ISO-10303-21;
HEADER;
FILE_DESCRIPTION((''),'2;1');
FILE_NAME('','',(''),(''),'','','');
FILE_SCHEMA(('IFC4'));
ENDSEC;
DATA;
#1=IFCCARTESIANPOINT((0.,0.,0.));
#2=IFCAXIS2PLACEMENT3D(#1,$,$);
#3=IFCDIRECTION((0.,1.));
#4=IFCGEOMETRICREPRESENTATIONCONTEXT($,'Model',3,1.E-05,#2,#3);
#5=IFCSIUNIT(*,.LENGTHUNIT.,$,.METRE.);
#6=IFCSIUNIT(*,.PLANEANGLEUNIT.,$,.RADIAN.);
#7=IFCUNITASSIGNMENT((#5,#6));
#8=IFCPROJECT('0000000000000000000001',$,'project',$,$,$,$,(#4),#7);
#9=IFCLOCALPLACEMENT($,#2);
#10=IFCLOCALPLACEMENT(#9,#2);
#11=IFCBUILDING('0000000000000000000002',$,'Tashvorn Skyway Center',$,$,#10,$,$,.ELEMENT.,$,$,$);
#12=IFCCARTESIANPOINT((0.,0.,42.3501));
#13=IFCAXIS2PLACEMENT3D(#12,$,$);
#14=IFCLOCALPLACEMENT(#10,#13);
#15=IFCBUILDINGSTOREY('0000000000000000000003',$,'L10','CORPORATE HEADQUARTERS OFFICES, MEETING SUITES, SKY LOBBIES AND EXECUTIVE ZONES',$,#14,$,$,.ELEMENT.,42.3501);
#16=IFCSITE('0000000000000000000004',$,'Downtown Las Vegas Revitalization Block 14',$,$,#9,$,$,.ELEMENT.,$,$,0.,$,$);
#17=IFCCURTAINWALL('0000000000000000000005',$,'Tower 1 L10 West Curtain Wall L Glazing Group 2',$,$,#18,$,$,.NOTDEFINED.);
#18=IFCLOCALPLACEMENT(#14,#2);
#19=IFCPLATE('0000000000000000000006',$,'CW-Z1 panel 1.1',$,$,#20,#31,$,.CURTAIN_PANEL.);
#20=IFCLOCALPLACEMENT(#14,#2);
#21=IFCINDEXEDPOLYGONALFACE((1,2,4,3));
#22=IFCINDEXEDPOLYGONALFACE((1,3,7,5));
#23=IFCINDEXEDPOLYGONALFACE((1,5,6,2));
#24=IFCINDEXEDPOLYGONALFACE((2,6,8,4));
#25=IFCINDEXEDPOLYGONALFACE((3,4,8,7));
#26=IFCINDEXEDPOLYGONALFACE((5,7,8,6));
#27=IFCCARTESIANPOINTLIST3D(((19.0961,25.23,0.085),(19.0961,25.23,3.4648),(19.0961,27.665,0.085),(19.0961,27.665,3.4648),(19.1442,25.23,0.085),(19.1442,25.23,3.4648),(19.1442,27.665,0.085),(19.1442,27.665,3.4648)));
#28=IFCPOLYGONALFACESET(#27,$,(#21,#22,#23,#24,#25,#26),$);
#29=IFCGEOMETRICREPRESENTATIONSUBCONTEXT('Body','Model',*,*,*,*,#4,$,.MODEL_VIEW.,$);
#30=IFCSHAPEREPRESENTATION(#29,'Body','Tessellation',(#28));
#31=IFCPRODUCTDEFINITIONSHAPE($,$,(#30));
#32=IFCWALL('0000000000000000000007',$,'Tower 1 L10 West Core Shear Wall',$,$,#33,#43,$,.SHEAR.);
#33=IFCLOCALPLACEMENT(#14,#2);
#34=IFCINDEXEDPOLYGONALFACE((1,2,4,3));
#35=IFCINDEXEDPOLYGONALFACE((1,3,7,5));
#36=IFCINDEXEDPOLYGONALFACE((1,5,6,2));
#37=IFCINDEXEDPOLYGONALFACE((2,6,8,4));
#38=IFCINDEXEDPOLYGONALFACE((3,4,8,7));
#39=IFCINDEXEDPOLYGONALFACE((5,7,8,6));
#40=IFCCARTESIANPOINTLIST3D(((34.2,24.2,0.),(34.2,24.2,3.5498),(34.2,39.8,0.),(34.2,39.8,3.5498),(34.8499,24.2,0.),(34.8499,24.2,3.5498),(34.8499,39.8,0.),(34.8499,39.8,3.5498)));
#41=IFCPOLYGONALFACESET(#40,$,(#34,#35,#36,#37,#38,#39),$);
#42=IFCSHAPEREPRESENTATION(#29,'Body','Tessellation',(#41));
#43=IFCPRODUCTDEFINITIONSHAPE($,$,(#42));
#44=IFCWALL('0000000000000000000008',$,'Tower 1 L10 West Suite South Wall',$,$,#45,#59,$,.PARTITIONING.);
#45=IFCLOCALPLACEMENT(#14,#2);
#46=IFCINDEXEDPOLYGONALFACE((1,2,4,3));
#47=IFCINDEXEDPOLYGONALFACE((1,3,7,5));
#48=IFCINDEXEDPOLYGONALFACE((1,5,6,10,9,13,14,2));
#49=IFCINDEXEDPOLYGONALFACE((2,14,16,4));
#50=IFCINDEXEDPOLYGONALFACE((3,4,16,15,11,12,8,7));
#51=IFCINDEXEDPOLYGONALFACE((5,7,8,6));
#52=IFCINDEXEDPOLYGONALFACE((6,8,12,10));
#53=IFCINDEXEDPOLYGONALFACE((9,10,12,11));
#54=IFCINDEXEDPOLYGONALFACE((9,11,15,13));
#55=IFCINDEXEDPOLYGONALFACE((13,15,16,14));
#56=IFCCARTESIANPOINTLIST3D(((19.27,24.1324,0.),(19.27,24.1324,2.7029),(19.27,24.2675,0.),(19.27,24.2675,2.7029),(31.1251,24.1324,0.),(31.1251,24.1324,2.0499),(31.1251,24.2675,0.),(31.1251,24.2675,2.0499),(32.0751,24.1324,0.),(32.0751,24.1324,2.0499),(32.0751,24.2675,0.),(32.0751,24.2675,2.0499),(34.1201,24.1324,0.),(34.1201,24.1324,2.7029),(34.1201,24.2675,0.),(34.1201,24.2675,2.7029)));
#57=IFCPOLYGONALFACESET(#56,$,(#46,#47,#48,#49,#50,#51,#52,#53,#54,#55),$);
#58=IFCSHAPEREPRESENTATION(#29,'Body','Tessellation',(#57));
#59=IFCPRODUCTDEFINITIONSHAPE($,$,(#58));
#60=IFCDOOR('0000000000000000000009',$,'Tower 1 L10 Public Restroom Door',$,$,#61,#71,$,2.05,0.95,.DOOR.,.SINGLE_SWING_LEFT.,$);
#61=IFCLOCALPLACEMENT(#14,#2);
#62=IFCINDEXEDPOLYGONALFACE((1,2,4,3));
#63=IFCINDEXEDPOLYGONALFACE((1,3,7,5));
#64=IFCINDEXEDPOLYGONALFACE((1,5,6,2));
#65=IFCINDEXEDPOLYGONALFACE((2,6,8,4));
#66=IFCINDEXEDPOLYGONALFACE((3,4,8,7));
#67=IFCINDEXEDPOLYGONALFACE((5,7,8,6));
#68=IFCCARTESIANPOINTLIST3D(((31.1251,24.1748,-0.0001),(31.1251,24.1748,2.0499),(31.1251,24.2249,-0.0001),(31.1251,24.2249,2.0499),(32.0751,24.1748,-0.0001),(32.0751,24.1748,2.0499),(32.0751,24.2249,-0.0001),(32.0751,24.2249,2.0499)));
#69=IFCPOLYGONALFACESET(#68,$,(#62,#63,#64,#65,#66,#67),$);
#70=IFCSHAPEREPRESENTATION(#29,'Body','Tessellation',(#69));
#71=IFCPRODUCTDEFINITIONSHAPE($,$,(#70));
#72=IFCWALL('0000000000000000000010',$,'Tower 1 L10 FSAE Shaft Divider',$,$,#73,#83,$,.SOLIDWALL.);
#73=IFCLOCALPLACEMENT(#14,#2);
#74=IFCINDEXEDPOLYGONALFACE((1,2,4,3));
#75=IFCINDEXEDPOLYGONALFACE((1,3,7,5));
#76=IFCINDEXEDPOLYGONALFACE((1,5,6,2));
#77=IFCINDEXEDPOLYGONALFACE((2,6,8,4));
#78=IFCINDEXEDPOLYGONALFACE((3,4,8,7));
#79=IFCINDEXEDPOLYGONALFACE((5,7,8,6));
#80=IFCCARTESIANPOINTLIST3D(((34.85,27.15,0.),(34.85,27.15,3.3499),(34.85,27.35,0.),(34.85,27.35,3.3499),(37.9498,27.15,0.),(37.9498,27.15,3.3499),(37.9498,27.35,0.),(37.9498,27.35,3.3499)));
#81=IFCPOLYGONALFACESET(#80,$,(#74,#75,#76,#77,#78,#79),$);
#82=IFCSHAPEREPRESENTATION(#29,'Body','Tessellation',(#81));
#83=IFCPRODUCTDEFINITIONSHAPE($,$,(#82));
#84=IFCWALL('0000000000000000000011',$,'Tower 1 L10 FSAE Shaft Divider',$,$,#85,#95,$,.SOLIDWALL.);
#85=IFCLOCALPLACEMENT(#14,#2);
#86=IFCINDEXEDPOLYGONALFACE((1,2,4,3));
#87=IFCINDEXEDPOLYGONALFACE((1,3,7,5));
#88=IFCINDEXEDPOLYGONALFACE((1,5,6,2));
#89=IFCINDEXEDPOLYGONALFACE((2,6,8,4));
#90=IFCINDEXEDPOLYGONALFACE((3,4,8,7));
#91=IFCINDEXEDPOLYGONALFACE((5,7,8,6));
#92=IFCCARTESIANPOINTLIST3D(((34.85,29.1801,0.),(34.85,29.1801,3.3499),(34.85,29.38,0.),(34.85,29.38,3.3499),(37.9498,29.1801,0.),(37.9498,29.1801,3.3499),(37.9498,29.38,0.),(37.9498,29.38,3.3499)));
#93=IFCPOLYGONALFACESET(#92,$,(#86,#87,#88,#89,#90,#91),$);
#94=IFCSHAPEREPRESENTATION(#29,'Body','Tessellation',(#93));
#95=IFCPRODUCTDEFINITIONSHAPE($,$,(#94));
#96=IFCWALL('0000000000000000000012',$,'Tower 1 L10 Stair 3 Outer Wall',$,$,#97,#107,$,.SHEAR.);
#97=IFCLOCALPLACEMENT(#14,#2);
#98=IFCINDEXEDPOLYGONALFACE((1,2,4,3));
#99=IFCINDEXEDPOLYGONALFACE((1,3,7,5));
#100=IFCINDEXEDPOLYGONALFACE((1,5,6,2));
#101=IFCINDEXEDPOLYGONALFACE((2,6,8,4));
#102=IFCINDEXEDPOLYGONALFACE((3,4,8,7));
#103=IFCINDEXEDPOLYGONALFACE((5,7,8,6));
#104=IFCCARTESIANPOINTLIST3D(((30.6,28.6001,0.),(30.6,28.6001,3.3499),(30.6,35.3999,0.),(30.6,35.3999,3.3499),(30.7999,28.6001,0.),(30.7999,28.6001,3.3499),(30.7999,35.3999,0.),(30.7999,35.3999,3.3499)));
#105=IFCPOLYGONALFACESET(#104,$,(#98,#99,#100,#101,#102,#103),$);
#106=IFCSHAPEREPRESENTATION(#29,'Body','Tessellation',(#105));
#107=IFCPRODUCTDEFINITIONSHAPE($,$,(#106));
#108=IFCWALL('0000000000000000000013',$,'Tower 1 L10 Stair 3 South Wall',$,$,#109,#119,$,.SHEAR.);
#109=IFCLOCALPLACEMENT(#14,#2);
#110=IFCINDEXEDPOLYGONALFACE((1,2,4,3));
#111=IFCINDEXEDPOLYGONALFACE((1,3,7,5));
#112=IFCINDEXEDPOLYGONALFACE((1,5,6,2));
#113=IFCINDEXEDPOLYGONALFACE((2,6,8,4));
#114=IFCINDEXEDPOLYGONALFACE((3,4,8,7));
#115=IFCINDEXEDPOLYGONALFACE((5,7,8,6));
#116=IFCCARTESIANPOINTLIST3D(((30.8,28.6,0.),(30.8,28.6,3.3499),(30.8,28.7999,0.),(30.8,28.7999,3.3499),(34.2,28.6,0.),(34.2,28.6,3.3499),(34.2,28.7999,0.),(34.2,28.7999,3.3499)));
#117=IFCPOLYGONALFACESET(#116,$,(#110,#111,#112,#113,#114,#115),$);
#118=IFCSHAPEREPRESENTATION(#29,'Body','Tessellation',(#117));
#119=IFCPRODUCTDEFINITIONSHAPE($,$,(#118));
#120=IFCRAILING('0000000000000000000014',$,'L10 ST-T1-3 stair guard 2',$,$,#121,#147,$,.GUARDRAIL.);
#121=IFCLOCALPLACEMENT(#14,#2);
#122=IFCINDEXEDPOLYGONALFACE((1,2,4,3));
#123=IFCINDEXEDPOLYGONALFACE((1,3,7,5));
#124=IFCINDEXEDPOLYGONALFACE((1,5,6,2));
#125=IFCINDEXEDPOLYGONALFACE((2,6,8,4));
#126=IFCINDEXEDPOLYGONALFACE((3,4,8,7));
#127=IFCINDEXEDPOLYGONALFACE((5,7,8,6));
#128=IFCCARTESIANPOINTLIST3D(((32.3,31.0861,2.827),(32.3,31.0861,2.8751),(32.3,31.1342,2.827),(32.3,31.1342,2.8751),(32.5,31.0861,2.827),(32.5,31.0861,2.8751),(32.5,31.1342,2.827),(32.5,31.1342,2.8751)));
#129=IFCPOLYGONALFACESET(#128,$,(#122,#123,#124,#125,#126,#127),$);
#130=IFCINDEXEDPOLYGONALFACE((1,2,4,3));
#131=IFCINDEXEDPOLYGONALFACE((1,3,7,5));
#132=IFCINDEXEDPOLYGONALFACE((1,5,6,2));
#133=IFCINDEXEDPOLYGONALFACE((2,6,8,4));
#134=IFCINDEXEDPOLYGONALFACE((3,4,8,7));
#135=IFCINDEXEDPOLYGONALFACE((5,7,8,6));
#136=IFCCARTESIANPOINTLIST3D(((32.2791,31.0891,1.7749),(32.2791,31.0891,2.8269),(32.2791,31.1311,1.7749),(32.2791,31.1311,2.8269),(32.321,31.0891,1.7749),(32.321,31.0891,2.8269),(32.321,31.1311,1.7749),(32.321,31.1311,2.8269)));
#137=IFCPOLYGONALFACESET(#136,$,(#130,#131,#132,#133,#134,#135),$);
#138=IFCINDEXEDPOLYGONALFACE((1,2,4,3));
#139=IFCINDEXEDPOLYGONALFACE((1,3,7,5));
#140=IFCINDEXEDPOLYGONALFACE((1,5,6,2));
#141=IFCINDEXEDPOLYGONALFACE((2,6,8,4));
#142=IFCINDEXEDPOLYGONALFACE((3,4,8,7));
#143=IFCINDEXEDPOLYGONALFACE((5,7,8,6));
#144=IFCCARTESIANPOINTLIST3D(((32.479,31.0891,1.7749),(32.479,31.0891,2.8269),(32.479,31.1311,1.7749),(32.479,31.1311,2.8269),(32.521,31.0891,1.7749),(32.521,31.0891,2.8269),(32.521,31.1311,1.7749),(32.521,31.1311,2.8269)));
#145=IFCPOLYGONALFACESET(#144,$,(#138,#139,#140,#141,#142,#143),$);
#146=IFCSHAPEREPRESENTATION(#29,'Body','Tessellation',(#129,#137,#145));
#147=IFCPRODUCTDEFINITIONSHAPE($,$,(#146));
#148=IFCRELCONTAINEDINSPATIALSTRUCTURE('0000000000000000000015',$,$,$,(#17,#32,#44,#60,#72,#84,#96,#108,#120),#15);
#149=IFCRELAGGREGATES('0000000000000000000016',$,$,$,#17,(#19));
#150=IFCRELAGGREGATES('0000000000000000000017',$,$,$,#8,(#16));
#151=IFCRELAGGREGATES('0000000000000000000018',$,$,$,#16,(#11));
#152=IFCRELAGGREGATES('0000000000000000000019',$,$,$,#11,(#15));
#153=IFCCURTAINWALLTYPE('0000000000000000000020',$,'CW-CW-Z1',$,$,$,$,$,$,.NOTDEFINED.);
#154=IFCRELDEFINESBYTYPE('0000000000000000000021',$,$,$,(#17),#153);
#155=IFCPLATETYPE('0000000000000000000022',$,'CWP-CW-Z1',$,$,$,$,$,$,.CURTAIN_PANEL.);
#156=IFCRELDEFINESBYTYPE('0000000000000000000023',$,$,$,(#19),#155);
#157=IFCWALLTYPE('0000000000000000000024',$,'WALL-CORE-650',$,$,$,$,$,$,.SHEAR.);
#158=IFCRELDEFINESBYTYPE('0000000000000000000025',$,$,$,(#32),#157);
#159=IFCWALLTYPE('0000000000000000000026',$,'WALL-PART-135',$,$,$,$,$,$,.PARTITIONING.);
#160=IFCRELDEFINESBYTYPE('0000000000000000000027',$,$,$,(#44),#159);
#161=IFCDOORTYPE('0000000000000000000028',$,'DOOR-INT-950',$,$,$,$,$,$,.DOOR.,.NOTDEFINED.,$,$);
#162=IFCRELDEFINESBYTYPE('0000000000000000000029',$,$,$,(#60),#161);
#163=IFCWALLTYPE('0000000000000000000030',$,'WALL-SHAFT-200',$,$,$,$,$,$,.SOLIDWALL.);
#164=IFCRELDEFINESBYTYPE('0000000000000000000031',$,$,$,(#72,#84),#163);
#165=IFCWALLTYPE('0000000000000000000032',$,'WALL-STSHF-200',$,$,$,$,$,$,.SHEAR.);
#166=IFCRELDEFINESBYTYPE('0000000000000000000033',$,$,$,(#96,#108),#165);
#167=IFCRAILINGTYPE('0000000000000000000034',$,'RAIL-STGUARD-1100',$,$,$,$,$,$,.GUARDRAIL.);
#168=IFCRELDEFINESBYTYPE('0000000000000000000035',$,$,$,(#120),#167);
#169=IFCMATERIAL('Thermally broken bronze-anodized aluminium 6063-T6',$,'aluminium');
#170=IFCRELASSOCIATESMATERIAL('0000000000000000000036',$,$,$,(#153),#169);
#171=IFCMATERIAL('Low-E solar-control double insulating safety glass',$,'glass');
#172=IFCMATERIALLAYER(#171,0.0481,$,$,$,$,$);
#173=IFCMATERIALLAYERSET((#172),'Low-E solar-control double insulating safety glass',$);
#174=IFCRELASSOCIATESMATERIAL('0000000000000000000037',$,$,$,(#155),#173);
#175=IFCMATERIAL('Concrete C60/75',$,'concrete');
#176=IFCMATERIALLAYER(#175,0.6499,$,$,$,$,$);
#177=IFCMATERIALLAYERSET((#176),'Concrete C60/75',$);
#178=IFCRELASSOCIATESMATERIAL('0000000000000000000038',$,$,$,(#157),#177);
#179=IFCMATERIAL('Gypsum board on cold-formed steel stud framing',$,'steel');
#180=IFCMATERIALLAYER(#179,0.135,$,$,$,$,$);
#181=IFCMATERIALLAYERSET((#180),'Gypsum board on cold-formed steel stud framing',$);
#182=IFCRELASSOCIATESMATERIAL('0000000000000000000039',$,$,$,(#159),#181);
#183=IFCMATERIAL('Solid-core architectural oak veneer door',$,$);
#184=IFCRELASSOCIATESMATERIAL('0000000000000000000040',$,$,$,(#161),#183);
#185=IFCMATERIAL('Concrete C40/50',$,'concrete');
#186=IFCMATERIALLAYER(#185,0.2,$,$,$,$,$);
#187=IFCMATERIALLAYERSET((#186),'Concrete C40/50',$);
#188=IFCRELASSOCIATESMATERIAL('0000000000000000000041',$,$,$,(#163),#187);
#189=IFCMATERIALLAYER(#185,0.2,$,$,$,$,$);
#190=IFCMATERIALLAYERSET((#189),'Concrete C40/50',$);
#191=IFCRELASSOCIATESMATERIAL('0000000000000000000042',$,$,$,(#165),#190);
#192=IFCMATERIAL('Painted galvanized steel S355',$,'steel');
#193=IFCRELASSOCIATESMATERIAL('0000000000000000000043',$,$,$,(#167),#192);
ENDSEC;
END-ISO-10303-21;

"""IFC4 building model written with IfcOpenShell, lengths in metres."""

from ifc_helpers import new_model, si_unit, direction, frame, frame_2d, origin, origin_2d, place, context, subcontext, project, spatial, rectangle, extrude, material, layer, layer_set, type_object, element, fill, aggregate, save


model = new_model("IFC4")

# Units and contexts
model_context = context("Model", 3, precision=1e-05, world=origin(), true_north=direction((0.0, 1.0)))
body_context = subcontext(model_context, "Body", "Model", "MODEL_VIEW")
ifc_project = project(units=[si_unit("LENGTHUNIT", "METRE"), si_unit("PLANEANGLEUNIT", "RADIAN")], contexts=[model_context])

# Site, building, storey
site_placement = place(None, origin())
site = spatial("IfcSite", under=ifc_project, at=site_placement, Name="Downtown Las Vegas Revitalization Block 14", CompositionType="ELEMENT", RefElevation=0.0)
building_placement = place(site_placement, origin())
building = spatial("IfcBuilding", under=site, at=building_placement, Name="Tashvorn Skyway Center", CompositionType="ELEMENT")
storey_placement = place(building_placement, frame((0.0, 0.0, 42.3501)))
storey = spatial("IfcBuildingStorey", under=building, at=storey_placement, Name="L10", Description="CORPORATE HEADQUARTERS OFFICES, MEETING SUITES, SKY LOBBIES AND EXECUTIVE ZONES", CompositionType="ELEMENT", Elevation=42.3501)

# Curtain wall, plate
ifc_material_1 = material(Name="Thermally broken bronze-anodized aluminium 6063-T6", Category="aluminium")
curtain_wall_type = type_object("IfcCurtainWallType", Name="CW-CW-Z1", PredefinedType="NOTDEFINED", material=ifc_material_1)
curtain_wall_placement = place(storey_placement, origin())
curtain_wall = element("IfcCurtainWall", 1, at=curtain_wall_placement, inside=storey, type_object=curtain_wall_type, Name="Tower 1 L10 West Curtain Wall L Glazing Group 2", PredefinedType="NOTDEFINED")
ifc_material_2 = material(Name="Low-E solar-control double insulating safety glass", Category="glass")
ifc_layer_1 = layer(ifc_material_2, 0.0481)
ifc_layer_set_1 = layer_set([ifc_layer_1], Name="Low-E solar-control double insulating safety glass")
plate_type = type_object("IfcPlateType", Name="CWP-CW-Z1", PredefinedType="CURTAIN_PANEL", material=ifc_layer_set_1)
plate_placement = place(storey_placement, frame((19.1201, 26.4475, 0.085), z_axis=(0.0, 0.0, 1.0), x_axis=(0.0, 1.0, 0.0)))
plate = element("IfcPlate", 2, at=plate_placement, type_object=plate_type, Name="CW-Z1 panel 1.1", PredefinedType="CURTAIN_PANEL", context=body_context, shape_type="SweptSolid", body=[
    extrude(rectangle(XDim=2.4351, YDim=0.0481, at=origin_2d()), origin(), (0.0, 0.0, 1.0), 3.3799),
])
aggregate(curtain_wall, [plate])

# Wall
ifc_material_3 = material(Name="Concrete C60/75", Category="concrete")
ifc_layer_2 = layer(ifc_material_3, 0.6499)
ifc_layer_set_2 = layer_set([ifc_layer_2], Name="Concrete C60/75")
wall_type_1 = type_object("IfcWallType", Name="WALL-CORE-650", PredefinedType="SHEAR", material=ifc_layer_set_2)
wall_1_placement = place(storey_placement, frame((34.5249, 24.2, 0.0), z_axis=(0.0, 0.0, 1.0), x_axis=(0.0, 1.0, 0.0)))
element("IfcWall", 3, at=wall_1_placement, inside=storey, type_object=wall_type_1, Name="Tower 1 L10 West Core Shear Wall", PredefinedType="SHEAR", context=body_context, shape_type="SweptSolid", body=[
    extrude(rectangle(XDim=15.6001, YDim=0.6499, at=frame_2d((7.8, 0.0))), origin(), (0.0, 0.0, 1.0), 3.5498),
])

# Wall, opening, door
ifc_material_4 = material(Name="Gypsum board on cold-formed steel stud framing", Category="steel")
ifc_layer_3 = layer(ifc_material_4, 0.135)
ifc_layer_set_3 = layer_set([ifc_layer_3], Name="Gypsum board on cold-formed steel stud framing")
wall_type_2 = type_object("IfcWallType", Name="WALL-PART-135", PredefinedType="PARTITIONING", material=ifc_layer_set_3)
wall_2_placement = place(storey_placement, frame((19.27, 24.2, 0.0), z_axis=(0.0, 0.0, 1.0), x_axis=(1.0, 0.0, 0.0)))
wall_2 = element("IfcWall", 4, at=wall_2_placement, inside=storey, type_object=wall_type_2, Name="Tower 1 L10 West Suite South Wall", PredefinedType="PARTITIONING", context=body_context, shape_type="SweptSolid", body=[
    extrude(rectangle(XDim=14.8501, YDim=0.135, at=frame_2d((7.425, 0.0))), origin(), (0.0, 0.0, 1.0), 2.7029),
])
opening_1_placement = place(wall_2_placement, frame((11.855, 0.0, 0.0)))
opening_1 = element("IfcOpeningElement", 5, at=opening_1_placement, cuts=wall_2, PredefinedType="OPENING", context=body_context, shape_type="SweptSolid", body=[
    extrude(rectangle(XDim=0.95, YDim=2.05, at=frame_2d((0.4751, 1.0249))), frame((0.0, 0.0774, 0.0), z_axis=(0.0, -1.0, 0.0), x_axis=(1.0, 0.0, 0.0)), (0.0, 0.0, 1.0), 0.155),
])
ifc_material_5 = material(Name="Solid-core architectural oak veneer door")
door_type_1 = type_object("IfcDoorType", Name="DOOR-INT-950", OperationType="NOTDEFINED", PredefinedType="DOOR", material=ifc_material_5)
door_1_placement = place(opening_1_placement, origin())
door_1 = element("IfcDoor", 6, at=door_1_placement, inside=storey, type_object=door_type_1, Name="Tower 1 L10 Public Restroom Door", OperationType="SINGLE_SWING_LEFT", OverallHeight=2.05, OverallWidth=0.95, PredefinedType="DOOR", context=body_context, shape_type="SweptSolid", body=[
    extrude(rectangle(XDim=0.95, YDim=2.05, at=frame_2d((0.4751, 1.0249))), frame((0.0, 0.0249, 0.0), z_axis=(0.0, -1.0, 0.0), x_axis=(1.0, 0.0, 0.0)), (0.0, 0.0, 1.0), 0.05),
])
fill(opening_1, door_1)

# Walls
ifc_material_6 = material(Name="Concrete C40/50", Category="concrete")
ifc_layer_4 = layer(ifc_material_6, 0.2)
ifc_layer_set_4 = layer_set([ifc_layer_4], Name="Concrete C40/50")
wall_type_3 = type_object("IfcWallType", Name="WALL-SHAFT-200", PredefinedType="SOLIDWALL", material=ifc_layer_set_4)
for number, where, z_axis, x_axis, name in (
    (7, (34.8501, 27.25, 0.0), (0.0, 0.0, 1.0), (1.0, 0.0, 0.0), "Tower 1 L10 FSAE Shaft Divider"),
    (8, (34.8501, 29.28, 0.0), (0.0, 0.0, 1.0), (1.0, 0.0, 0.0), "Tower 1 L10 FSAE Shaft Divider"),
):
    element("IfcWall", number, at=place(storey_placement, frame(where, z_axis=z_axis, x_axis=x_axis)), inside=storey, type_object=wall_type_3, Name=name, PredefinedType="SOLIDWALL", context=body_context, shape_type="SweptSolid", body=[
        extrude(rectangle(XDim=3.0999, YDim=0.2, at=frame_2d((1.5498, 0.0))), origin(), (0.0, 0.0, 1.0), 3.3499),
    ])
ifc_layer_5 = layer(ifc_material_6, 0.2)
ifc_layer_set_5 = layer_set([ifc_layer_5], Name="Concrete C40/50")
wall_type_4 = type_object("IfcWallType", Name="WALL-STSHF-200", PredefinedType="SHEAR", material=ifc_layer_set_5)
wall_3_placement = place(storey_placement, frame((30.7, 28.6001, 0.0), z_axis=(0.0, 0.0, 1.0), x_axis=(0.0, 1.0, 0.0)))
element("IfcWall", 9, at=wall_3_placement, inside=storey, type_object=wall_type_4, Name="Tower 1 L10 Stair 3 Outer Wall", PredefinedType="SHEAR", context=body_context, shape_type="SweptSolid", body=[
    extrude(rectangle(XDim=6.7998, YDim=0.2, at=frame_2d((3.3999, 0.0))), origin(), (0.0, 0.0, 1.0), 3.3499),
])
wall_4_placement = place(storey_placement, frame((30.8, 28.7, 0.0), z_axis=(0.0, 0.0, 1.0), x_axis=(1.0, 0.0, 0.0)))
element("IfcWall", 10, at=wall_4_placement, inside=storey, type_object=wall_type_4, Name="Tower 1 L10 Stair 3 South Wall", PredefinedType="SHEAR", context=body_context, shape_type="SweptSolid", body=[
    extrude(rectangle(XDim=3.3999, YDim=0.2, at=frame_2d((1.7, 0.0))), origin(), (0.0, 0.0, 1.0), 3.3499),
])

# Railing
ifc_material_7 = material(Name="Painted galvanized steel S355", Category="steel")
railing_type = type_object("IfcRailingType", Name="RAIL-STGUARD-1100", PredefinedType="GUARDRAIL", material=ifc_material_7)
railing_placement = place(storey_placement, frame((32.3, 31.1101, 1.7749)))
element("IfcRailing", 11, at=railing_placement, inside=storey, type_object=railing_type, Name="L10 ST-T1-3 stair guard 2", PredefinedType="GUARDRAIL", context=body_context, shape_type="SweptSolid", body=[
    extrude(rectangle(XDim=0.0481, YDim=0.0481, at=origin_2d()), frame((0.0, 0.0, 1.0762), z_axis=(1.0, 0.0, 0.0), x_axis=(0.0, 1.0, 0.0)), (0.0, 0.0, 1.0), 0.2),
    extrude(rectangle(XDim=0.042, YDim=0.042, at=origin_2d()), origin(), (0.0, 0.0, 1.0), 1.052),
    extrude(rectangle(XDim=0.042, YDim=0.042, at=origin_2d()), frame((0.2, 0.0, 0.0)), (0.0, 0.0, 1.0), 1.052),
])

save(model, "model.ifc")
